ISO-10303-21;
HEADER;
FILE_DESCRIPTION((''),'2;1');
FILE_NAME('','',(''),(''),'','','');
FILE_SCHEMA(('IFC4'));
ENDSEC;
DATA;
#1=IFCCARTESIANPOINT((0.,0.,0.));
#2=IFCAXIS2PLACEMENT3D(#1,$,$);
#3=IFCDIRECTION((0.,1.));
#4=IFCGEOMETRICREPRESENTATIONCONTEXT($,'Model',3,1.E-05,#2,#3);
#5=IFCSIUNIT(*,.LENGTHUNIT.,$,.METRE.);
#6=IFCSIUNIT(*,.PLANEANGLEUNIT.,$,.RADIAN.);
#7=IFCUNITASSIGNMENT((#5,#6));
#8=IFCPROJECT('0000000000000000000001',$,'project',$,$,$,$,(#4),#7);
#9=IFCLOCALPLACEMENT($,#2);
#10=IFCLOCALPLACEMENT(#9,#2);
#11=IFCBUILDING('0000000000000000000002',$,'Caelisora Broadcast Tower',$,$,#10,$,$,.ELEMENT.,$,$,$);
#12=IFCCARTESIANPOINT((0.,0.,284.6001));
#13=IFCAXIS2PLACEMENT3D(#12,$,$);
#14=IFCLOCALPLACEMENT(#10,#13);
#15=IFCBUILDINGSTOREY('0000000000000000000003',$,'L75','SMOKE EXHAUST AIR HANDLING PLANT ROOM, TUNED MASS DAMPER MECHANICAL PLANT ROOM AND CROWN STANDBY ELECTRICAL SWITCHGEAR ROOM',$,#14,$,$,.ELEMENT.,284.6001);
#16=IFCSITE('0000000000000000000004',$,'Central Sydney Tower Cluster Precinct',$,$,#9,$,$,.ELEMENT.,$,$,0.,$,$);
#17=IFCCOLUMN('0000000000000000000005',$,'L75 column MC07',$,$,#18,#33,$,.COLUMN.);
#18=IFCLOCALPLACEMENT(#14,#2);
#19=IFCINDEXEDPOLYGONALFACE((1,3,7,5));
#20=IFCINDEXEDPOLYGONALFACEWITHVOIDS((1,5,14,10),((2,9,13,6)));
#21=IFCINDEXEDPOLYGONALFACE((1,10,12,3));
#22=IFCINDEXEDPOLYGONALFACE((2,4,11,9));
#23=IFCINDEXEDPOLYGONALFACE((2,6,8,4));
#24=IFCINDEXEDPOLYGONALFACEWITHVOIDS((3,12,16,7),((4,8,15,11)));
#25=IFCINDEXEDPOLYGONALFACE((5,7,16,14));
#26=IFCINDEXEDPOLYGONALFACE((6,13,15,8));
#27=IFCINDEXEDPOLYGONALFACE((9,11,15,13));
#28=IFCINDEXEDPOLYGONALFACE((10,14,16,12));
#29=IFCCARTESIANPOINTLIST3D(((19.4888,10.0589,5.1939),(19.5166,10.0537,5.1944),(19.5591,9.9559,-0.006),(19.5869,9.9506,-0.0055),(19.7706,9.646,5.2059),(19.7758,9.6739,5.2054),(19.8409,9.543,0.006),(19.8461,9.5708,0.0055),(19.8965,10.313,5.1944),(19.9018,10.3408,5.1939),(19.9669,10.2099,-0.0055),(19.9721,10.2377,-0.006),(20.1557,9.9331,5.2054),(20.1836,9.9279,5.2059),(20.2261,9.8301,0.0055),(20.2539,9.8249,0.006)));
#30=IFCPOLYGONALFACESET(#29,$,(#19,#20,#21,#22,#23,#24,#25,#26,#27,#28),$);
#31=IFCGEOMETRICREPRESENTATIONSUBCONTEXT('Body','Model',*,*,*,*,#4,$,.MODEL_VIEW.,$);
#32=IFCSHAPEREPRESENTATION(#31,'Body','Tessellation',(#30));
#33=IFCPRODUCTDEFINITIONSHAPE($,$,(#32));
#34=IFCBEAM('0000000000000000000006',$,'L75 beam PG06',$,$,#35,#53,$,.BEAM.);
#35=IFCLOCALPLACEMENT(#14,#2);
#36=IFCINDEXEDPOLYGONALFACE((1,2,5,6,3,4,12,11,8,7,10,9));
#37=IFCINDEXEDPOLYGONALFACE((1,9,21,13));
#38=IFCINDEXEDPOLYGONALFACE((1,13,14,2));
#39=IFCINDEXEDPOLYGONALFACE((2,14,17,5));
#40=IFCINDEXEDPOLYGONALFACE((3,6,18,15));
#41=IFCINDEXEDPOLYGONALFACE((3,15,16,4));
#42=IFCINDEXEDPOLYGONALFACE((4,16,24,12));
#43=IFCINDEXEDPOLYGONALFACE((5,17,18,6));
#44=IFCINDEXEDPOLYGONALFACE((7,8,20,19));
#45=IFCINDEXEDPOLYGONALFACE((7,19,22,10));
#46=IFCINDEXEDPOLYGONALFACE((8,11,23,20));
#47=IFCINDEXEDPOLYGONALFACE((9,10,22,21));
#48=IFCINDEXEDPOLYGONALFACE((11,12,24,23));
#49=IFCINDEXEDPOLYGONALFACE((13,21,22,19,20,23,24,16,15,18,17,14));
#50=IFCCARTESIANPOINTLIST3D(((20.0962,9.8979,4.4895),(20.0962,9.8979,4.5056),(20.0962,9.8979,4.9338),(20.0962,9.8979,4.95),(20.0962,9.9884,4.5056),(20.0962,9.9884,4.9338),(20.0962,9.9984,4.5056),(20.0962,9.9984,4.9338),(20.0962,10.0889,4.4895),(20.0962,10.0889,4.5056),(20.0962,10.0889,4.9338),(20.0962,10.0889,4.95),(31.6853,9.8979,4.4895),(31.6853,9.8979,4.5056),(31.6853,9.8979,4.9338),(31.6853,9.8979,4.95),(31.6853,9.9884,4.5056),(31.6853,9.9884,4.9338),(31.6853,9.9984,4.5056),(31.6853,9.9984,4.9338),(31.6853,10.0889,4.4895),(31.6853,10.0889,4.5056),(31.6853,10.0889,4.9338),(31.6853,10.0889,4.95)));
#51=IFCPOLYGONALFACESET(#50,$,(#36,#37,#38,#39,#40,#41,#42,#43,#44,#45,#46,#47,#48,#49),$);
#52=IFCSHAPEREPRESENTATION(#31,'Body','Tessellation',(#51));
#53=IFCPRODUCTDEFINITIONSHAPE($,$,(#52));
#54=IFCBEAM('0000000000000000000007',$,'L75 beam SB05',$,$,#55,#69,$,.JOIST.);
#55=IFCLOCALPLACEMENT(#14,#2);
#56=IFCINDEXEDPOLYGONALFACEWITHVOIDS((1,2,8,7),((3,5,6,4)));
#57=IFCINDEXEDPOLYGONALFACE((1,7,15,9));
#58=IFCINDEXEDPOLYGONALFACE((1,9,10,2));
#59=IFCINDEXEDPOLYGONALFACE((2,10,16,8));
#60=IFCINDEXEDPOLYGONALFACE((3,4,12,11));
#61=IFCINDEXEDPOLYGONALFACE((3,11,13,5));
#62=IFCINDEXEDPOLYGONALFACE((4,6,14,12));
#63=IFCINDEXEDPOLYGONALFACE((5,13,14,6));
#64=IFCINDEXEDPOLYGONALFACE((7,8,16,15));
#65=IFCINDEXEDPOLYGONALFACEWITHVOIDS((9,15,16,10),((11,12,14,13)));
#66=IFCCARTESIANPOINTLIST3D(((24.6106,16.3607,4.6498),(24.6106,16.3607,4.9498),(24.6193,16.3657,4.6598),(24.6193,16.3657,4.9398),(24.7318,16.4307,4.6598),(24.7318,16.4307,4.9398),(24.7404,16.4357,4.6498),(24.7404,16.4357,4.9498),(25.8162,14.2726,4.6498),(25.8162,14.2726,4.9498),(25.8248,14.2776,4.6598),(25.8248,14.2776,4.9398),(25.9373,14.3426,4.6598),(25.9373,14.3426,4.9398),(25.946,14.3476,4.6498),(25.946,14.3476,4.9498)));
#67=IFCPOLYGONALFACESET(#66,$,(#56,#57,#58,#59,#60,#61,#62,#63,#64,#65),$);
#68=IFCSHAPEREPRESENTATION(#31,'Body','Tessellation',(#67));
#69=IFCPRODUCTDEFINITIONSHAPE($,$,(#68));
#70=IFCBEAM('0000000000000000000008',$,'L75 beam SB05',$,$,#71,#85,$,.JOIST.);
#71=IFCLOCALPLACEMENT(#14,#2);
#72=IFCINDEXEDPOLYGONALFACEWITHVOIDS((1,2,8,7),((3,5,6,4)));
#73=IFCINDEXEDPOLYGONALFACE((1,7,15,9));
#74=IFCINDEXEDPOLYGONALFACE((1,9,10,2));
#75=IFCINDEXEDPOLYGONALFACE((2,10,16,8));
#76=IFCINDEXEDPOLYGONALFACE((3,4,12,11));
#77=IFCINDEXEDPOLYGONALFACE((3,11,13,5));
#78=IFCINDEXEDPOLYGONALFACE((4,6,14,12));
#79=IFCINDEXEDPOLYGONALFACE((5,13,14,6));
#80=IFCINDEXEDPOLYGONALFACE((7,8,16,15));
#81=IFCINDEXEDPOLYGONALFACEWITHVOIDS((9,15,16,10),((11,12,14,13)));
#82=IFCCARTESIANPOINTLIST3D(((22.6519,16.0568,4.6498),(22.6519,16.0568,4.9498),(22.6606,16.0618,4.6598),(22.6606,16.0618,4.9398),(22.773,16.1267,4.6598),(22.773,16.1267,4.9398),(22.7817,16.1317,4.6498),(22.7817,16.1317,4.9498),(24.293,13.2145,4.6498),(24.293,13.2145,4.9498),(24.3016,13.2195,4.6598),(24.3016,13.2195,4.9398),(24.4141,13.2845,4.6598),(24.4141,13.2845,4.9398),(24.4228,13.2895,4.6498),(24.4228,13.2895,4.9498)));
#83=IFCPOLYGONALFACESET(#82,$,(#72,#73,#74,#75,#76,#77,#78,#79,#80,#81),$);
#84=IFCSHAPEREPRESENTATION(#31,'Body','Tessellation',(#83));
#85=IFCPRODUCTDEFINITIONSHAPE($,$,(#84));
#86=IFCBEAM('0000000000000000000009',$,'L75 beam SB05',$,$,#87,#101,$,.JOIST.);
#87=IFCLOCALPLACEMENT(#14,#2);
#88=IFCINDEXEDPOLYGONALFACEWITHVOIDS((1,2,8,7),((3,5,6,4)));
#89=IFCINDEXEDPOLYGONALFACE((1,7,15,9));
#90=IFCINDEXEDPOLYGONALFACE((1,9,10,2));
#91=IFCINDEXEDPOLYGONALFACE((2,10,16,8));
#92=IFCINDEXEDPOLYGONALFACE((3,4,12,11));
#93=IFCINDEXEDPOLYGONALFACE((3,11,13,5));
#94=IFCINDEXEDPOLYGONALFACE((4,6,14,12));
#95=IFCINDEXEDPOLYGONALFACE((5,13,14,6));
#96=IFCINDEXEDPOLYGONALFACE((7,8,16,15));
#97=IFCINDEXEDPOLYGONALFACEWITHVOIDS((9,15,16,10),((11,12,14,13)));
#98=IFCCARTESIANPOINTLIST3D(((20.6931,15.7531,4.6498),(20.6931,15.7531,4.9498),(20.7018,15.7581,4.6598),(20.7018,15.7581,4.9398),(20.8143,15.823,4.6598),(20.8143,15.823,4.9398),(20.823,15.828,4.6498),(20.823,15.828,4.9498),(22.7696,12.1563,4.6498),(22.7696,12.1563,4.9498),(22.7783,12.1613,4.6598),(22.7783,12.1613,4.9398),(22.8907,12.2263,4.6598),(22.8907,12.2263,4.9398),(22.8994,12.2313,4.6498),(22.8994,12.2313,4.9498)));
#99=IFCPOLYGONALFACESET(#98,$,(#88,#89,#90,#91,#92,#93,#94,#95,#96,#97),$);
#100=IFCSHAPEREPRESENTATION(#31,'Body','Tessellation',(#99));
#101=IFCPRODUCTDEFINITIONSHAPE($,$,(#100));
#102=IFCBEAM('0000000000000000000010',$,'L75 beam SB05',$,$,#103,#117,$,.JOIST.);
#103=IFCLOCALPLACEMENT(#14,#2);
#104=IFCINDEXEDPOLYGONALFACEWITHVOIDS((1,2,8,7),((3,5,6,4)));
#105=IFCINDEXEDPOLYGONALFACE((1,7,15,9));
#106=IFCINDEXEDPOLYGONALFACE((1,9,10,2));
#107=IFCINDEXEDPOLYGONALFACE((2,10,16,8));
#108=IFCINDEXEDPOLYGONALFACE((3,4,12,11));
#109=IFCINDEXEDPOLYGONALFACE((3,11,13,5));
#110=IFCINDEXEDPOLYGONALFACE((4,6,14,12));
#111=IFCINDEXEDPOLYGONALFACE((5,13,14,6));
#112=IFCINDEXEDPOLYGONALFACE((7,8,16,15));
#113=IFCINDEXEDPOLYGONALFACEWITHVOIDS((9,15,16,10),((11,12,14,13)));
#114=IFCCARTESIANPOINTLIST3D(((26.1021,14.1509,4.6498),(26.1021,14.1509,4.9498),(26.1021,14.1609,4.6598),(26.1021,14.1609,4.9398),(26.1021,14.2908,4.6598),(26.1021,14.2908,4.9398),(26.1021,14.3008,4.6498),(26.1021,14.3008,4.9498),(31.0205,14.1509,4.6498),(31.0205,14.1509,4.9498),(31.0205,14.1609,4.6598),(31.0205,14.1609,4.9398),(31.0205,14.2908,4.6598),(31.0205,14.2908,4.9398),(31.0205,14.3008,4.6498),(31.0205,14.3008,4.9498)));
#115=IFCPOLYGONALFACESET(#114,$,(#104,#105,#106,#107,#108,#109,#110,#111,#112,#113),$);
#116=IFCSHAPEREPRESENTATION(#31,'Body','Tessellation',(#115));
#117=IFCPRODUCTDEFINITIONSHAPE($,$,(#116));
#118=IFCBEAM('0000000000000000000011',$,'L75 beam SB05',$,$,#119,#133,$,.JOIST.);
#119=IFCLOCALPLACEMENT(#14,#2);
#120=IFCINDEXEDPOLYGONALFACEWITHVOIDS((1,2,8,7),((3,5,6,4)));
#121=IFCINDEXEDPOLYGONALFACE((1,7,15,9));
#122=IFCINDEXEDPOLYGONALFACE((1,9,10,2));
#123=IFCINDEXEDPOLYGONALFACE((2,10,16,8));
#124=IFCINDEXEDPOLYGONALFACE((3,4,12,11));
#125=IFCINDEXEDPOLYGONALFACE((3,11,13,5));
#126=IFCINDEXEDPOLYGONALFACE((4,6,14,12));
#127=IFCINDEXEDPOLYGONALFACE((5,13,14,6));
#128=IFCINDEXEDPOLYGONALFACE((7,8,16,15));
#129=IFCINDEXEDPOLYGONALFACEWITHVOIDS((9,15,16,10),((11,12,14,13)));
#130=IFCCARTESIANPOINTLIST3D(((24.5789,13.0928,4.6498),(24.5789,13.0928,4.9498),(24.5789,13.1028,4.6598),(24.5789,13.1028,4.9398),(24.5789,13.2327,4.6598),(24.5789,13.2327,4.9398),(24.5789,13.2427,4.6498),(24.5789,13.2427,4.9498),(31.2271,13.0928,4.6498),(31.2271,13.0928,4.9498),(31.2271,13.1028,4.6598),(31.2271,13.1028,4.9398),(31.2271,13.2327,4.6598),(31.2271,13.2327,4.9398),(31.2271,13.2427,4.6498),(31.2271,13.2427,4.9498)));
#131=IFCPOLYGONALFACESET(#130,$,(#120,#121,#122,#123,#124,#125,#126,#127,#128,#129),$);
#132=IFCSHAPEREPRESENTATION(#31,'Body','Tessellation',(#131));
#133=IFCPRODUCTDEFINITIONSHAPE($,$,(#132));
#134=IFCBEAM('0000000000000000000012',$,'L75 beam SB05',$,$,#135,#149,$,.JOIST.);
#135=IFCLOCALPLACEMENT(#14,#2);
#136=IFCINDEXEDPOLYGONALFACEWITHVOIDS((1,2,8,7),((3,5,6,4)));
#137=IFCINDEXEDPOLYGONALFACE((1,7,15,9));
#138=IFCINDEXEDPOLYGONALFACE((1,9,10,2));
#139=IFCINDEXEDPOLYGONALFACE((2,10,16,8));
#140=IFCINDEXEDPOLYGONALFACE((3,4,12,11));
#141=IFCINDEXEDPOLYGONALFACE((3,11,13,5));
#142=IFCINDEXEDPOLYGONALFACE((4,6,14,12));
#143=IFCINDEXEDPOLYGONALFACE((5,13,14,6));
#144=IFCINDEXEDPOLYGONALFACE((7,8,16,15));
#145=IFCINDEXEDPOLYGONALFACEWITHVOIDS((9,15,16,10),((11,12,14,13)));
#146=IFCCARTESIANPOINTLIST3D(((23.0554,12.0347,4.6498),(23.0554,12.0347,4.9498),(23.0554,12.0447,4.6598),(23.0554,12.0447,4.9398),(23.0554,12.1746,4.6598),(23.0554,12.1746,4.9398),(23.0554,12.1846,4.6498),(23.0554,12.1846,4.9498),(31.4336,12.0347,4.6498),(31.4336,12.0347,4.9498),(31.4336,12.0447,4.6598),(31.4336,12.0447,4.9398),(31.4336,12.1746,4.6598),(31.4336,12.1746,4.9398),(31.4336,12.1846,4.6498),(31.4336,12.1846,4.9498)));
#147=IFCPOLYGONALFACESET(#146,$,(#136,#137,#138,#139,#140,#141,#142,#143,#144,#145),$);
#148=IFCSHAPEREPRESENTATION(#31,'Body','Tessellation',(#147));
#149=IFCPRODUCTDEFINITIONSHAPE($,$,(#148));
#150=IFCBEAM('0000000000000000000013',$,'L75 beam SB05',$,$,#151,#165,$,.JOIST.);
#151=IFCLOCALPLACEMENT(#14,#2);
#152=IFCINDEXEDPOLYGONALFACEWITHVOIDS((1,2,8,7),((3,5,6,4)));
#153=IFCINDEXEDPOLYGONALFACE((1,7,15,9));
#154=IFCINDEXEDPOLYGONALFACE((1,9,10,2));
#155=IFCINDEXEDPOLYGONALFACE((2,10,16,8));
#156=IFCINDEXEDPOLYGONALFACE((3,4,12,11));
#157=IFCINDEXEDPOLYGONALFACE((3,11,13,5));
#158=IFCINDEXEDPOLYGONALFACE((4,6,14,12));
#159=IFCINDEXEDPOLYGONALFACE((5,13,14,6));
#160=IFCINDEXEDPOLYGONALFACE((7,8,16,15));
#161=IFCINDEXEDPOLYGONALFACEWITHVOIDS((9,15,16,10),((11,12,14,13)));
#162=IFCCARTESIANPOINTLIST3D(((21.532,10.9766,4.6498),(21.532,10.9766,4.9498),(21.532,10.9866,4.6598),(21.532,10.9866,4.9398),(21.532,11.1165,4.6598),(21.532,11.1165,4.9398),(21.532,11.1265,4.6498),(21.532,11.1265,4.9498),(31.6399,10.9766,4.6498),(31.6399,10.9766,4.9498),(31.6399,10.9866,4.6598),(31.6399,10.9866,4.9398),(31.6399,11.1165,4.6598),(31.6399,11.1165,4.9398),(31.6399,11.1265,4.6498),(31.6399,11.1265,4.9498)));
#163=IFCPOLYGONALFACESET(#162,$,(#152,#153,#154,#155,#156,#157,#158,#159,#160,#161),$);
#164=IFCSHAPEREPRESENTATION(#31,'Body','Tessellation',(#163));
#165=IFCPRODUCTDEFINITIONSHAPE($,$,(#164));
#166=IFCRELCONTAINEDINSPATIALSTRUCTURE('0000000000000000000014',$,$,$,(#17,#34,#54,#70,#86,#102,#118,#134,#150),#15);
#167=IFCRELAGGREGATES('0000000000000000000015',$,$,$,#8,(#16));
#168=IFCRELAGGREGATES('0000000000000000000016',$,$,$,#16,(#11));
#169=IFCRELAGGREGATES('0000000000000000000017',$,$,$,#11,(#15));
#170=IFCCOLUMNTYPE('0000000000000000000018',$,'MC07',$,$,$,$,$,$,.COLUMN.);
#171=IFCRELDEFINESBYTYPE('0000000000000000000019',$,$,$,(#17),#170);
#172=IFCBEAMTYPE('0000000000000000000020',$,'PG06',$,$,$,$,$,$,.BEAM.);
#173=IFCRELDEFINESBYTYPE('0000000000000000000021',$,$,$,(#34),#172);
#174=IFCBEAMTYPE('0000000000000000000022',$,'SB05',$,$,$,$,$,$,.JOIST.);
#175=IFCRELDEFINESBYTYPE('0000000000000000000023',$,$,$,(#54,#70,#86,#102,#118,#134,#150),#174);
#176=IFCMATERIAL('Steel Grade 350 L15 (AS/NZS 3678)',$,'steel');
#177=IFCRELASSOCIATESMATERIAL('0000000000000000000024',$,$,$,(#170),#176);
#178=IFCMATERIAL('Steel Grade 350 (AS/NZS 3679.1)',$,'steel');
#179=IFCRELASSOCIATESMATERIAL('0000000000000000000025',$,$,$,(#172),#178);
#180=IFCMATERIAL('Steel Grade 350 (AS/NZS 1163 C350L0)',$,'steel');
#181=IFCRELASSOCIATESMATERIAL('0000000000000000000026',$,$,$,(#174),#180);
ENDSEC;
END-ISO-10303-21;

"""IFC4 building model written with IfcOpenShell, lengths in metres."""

from ifc_helpers import new_model, si_unit, direction, frame, origin, origin_2d, place, context, subcontext, project, spatial, hollow_rectangle, i_section, extrude, source, transform, mapped, material, material_profile, profile_set, type_object, type_shapes, element, save


model = new_model("IFC4")

# Units and contexts
model_context = context("Model", 3, precision=1e-05, world=origin(), true_north=direction((0.0, 1.0)))
body_context = subcontext(model_context, "Body", "Model", "MODEL_VIEW")
ifc_project = project(units=[si_unit("LENGTHUNIT", "METRE"), si_unit("PLANEANGLEUNIT", "RADIAN")], contexts=[model_context])

# Site, building, storey
site_placement = place(None, origin())
site = spatial("IfcSite", under=ifc_project, at=site_placement, Name="Central Sydney Tower Cluster Precinct", CompositionType="ELEMENT", RefElevation=0.0)
building_placement = place(site_placement, origin())
building = spatial("IfcBuilding", under=site, at=building_placement, Name="Caelisora Broadcast Tower", CompositionType="ELEMENT")
storey_placement = place(building_placement, frame((0.0, 0.0, 284.6001)))
storey = spatial("IfcBuildingStorey", under=building, at=storey_placement, Name="L75", Description="SMOKE EXHAUST AIR HANDLING PLANT ROOM, TUNED MASS DAMPER MECHANICAL PLANT ROOM AND CROWN STANDBY ELECTRICAL SWITCHGEAR ROOM", CompositionType="ELEMENT", Elevation=284.6001)

# Column
ifc_material_1 = material(Name="Steel Grade 350 L15 (AS/NZS 3678)", Category="steel")
ifc_material_profile_1 = material_profile(ifc_material_1, hollow_rectangle(XDim=0.5, YDim=0.5, WallThickness=0.02, at=origin_2d()), Name="Steel Grade 350 L15 (AS/NZS 3678)")
ifc_profile_set_1 = profile_set([ifc_material_profile_1], Name="Steel Grade 350 L15 (AS/NZS 3678)")
column_type = type_object("IfcColumnType", Name="MC07", PredefinedType="COLUMN", material=ifc_profile_set_1)
shared_shape_1 = source(origin(), body_context, "Body", "SweptSolid", [
    extrude(hollow_rectangle(XDim=0.5, YDim=0.5, WallThickness=0.02, at=origin_2d()), origin(), (0.0, 0.0, 1.0), 5.2014),
])
type_shapes(column_type, [shared_shape_1])
column_placement = place(storey_placement, frame((19.9065, 9.8904, 0.0), z_axis=(-0.013518, 0.019807, 0.999712), x_axis=(-0.825979, -0.563701, 0.0)))
element("IfcColumn", 1, at=column_placement, inside=storey, type_object=column_type, Name="L75 column MC07", PredefinedType="COLUMN", context=body_context, shape_type="MappedRepresentation", body=[
    mapped(shared_shape_1, transform((0.0, 0.0, 0.0), scale=1.0)),
])

# Beams
ifc_material_2 = material(Name="Steel Grade 350 (AS/NZS 3679.1)", Category="steel")
ifc_material_profile_2 = material_profile(ifc_material_2, i_section(OverallWidth=0.1909, OverallDepth=0.4604, WebThickness=0.01, FlangeThickness=0.0161, at=origin_2d()), Name="Steel Grade 350 (AS/NZS 3679.1)")
ifc_profile_set_2 = profile_set([ifc_material_profile_2], Name="Steel Grade 350 (AS/NZS 3679.1)")
beam_type_1 = type_object("IfcBeamType", Name="PG06", PredefinedType="BEAM", material=ifc_profile_set_2)
shared_shape_2 = source(origin(), body_context, "Body", "SweptSolid", [
    extrude(i_section(OverallWidth=0.1909, OverallDepth=0.4604, WebThickness=0.01, FlangeThickness=0.0161, at=origin_2d()), origin(), (0.0, 0.0, 1.0), 11.5891),
])
type_shapes(beam_type_1, [shared_shape_2])
beam_1_placement = place(storey_placement, frame((20.0962, 9.9934, 4.7197), z_axis=(1.0, 0.0, 0.0), x_axis=(0.0, 1.0, 0.0)))
element("IfcBeam", 2, at=beam_1_placement, inside=storey, type_object=beam_type_1, Name="L75 beam PG06", PredefinedType="BEAM", context=body_context, shape_type="MappedRepresentation", body=[
    mapped(shared_shape_2, transform((0.0, 0.0, 0.0), scale=1.0)),
])
ifc_material_3 = material(Name="Steel Grade 350 (AS/NZS 1163 C350L0)", Category="steel")
ifc_material_profile_3 = material_profile(ifc_material_3, hollow_rectangle(XDim=0.1499, YDim=0.3, WallThickness=0.01, at=origin_2d()), Name="Steel Grade 350 (AS/NZS 1163 C350L0)")
ifc_profile_set_3 = profile_set([ifc_material_profile_3], Name="Steel Grade 350 (AS/NZS 1163 C350L0)")
beam_type_2 = type_object("IfcBeamType", Name="SB05", PredefinedType="JOIST", material=ifc_profile_set_3)
shared_shape_3 = source(origin(), body_context, "Body", "SweptSolid", [
    extrude(hollow_rectangle(XDim=0.1499, YDim=0.3, WallThickness=0.01, at=origin_2d()), origin(), (0.0, 0.0, 1.0), 2.4111),
])
beam_2_placement = place(storey_placement, frame((24.6755, 16.3982, 4.7998), z_axis=(0.499994, -0.866029, 0.0), x_axis=(0.866029, 0.499994, 0.0)))
element("IfcBeam", 3, at=beam_2_placement, inside=storey, type_object=beam_type_2, Name="L75 beam SB05", PredefinedType="JOIST", context=body_context, shape_type="MappedRepresentation", body=[
    mapped(shared_shape_3, transform((0.0, 0.0, 0.0), scale=1.0)),
])
shared_shape_4 = source(origin(), body_context, "Body", "SweptSolid", [
    extrude(hollow_rectangle(XDim=0.1499, YDim=0.3, WallThickness=0.01, at=origin_2d()), origin(), (0.0, 0.0, 1.0), 3.282),
])
beam_3_placement = place(storey_placement, frame((22.7168, 16.0942, 4.7998), z_axis=(0.500027, -0.86601, 0.0), x_axis=(0.86601, 0.500027, 0.0)))
element("IfcBeam", 4, at=beam_3_placement, inside=storey, type_object=beam_type_2, Name="L75 beam SB05", PredefinedType="JOIST", context=body_context, shape_type="MappedRepresentation", body=[
    mapped(shared_shape_4, transform((0.0, 0.0, 0.0), scale=1.0)),
])
shared_shape_5 = source(origin(), body_context, "Body", "SweptSolid", [
    extrude(hollow_rectangle(XDim=0.1499, YDim=0.3, WallThickness=0.01, at=origin_2d()), origin(), (0.0, 0.0, 1.0), 4.1531),
])
beam_4_placement = place(storey_placement, frame((20.7581, 15.7905, 4.7998), z_axis=(0.499977, -0.866039, 0.0), x_axis=(0.866039, 0.499977, 0.0)))
element("IfcBeam", 5, at=beam_4_placement, inside=storey, type_object=beam_type_2, Name="L75 beam SB05", PredefinedType="JOIST", context=body_context, shape_type="MappedRepresentation", body=[
    mapped(shared_shape_5, transform((0.0, 0.0, 0.0), scale=1.0)),
])
shared_shape_6 = source(origin(), body_context, "Body", "SweptSolid", [
    extrude(hollow_rectangle(XDim=0.1499, YDim=0.3, WallThickness=0.01, at=origin_2d()), origin(), (0.0, 0.0, 1.0), 4.9185),
])
beam_5_placement = place(storey_placement, frame((26.1021, 14.2258, 4.7998), z_axis=(1.0, 0.0, 0.0), x_axis=(0.0, 1.0, 0.0)))
element("IfcBeam", 6, at=beam_5_placement, inside=storey, type_object=beam_type_2, Name="L75 beam SB05", PredefinedType="JOIST", context=body_context, shape_type="MappedRepresentation", body=[
    mapped(shared_shape_6, transform((0.0, 0.0, 0.0), scale=1.0)),
])
shared_shape_7 = source(origin(), body_context, "Body", "SweptSolid", [
    extrude(hollow_rectangle(XDim=0.1499, YDim=0.3, WallThickness=0.01, at=origin_2d()), origin(), (0.0, 0.0, 1.0), 6.6482),
])
beam_6_placement = place(storey_placement, frame((24.5789, 13.1677, 4.7998), z_axis=(1.0, 0.0, 0.0), x_axis=(0.0, 1.0, 0.0)))
element("IfcBeam", 7, at=beam_6_placement, inside=storey, type_object=beam_type_2, Name="L75 beam SB05", PredefinedType="JOIST", context=body_context, shape_type="MappedRepresentation", body=[
    mapped(shared_shape_7, transform((0.0, 0.0, 0.0), scale=1.0)),
])
shared_shape_8 = source(origin(), body_context, "Body", "SweptSolid", [
    extrude(hollow_rectangle(XDim=0.1499, YDim=0.3, WallThickness=0.01, at=origin_2d()), origin(), (0.0, 0.0, 1.0), 8.3782),
])
beam_7_placement = place(storey_placement, frame((23.0554, 12.1096, 4.7998), z_axis=(1.0, 0.0, 0.0), x_axis=(0.0, 1.0, 0.0)))
element("IfcBeam", 8, at=beam_7_placement, inside=storey, type_object=beam_type_2, Name="L75 beam SB05", PredefinedType="JOIST", context=body_context, shape_type="MappedRepresentation", body=[
    mapped(shared_shape_8, transform((0.0, 0.0, 0.0), scale=1.0)),
])
shared_shape_9 = source(origin(), body_context, "Body", "SweptSolid", [
    extrude(hollow_rectangle(XDim=0.1499, YDim=0.3, WallThickness=0.01, at=origin_2d()), origin(), (0.0, 0.0, 1.0), 10.1079),
])
type_shapes(beam_type_2, [shared_shape_3, shared_shape_4, shared_shape_5, shared_shape_6, shared_shape_7, shared_shape_8, shared_shape_9])
beam_8_placement = place(storey_placement, frame((21.532, 11.0515, 4.7998), z_axis=(1.0, 0.0, 0.0), x_axis=(0.0, 1.0, 0.0)))
element("IfcBeam", 9, at=beam_8_placement, inside=storey, type_object=beam_type_2, Name="L75 beam SB05", PredefinedType="JOIST", context=body_context, shape_type="MappedRepresentation", body=[
    mapped(shared_shape_9, transform((0.0, 0.0, 0.0), scale=1.0)),
])

save(model, "model.ifc")
